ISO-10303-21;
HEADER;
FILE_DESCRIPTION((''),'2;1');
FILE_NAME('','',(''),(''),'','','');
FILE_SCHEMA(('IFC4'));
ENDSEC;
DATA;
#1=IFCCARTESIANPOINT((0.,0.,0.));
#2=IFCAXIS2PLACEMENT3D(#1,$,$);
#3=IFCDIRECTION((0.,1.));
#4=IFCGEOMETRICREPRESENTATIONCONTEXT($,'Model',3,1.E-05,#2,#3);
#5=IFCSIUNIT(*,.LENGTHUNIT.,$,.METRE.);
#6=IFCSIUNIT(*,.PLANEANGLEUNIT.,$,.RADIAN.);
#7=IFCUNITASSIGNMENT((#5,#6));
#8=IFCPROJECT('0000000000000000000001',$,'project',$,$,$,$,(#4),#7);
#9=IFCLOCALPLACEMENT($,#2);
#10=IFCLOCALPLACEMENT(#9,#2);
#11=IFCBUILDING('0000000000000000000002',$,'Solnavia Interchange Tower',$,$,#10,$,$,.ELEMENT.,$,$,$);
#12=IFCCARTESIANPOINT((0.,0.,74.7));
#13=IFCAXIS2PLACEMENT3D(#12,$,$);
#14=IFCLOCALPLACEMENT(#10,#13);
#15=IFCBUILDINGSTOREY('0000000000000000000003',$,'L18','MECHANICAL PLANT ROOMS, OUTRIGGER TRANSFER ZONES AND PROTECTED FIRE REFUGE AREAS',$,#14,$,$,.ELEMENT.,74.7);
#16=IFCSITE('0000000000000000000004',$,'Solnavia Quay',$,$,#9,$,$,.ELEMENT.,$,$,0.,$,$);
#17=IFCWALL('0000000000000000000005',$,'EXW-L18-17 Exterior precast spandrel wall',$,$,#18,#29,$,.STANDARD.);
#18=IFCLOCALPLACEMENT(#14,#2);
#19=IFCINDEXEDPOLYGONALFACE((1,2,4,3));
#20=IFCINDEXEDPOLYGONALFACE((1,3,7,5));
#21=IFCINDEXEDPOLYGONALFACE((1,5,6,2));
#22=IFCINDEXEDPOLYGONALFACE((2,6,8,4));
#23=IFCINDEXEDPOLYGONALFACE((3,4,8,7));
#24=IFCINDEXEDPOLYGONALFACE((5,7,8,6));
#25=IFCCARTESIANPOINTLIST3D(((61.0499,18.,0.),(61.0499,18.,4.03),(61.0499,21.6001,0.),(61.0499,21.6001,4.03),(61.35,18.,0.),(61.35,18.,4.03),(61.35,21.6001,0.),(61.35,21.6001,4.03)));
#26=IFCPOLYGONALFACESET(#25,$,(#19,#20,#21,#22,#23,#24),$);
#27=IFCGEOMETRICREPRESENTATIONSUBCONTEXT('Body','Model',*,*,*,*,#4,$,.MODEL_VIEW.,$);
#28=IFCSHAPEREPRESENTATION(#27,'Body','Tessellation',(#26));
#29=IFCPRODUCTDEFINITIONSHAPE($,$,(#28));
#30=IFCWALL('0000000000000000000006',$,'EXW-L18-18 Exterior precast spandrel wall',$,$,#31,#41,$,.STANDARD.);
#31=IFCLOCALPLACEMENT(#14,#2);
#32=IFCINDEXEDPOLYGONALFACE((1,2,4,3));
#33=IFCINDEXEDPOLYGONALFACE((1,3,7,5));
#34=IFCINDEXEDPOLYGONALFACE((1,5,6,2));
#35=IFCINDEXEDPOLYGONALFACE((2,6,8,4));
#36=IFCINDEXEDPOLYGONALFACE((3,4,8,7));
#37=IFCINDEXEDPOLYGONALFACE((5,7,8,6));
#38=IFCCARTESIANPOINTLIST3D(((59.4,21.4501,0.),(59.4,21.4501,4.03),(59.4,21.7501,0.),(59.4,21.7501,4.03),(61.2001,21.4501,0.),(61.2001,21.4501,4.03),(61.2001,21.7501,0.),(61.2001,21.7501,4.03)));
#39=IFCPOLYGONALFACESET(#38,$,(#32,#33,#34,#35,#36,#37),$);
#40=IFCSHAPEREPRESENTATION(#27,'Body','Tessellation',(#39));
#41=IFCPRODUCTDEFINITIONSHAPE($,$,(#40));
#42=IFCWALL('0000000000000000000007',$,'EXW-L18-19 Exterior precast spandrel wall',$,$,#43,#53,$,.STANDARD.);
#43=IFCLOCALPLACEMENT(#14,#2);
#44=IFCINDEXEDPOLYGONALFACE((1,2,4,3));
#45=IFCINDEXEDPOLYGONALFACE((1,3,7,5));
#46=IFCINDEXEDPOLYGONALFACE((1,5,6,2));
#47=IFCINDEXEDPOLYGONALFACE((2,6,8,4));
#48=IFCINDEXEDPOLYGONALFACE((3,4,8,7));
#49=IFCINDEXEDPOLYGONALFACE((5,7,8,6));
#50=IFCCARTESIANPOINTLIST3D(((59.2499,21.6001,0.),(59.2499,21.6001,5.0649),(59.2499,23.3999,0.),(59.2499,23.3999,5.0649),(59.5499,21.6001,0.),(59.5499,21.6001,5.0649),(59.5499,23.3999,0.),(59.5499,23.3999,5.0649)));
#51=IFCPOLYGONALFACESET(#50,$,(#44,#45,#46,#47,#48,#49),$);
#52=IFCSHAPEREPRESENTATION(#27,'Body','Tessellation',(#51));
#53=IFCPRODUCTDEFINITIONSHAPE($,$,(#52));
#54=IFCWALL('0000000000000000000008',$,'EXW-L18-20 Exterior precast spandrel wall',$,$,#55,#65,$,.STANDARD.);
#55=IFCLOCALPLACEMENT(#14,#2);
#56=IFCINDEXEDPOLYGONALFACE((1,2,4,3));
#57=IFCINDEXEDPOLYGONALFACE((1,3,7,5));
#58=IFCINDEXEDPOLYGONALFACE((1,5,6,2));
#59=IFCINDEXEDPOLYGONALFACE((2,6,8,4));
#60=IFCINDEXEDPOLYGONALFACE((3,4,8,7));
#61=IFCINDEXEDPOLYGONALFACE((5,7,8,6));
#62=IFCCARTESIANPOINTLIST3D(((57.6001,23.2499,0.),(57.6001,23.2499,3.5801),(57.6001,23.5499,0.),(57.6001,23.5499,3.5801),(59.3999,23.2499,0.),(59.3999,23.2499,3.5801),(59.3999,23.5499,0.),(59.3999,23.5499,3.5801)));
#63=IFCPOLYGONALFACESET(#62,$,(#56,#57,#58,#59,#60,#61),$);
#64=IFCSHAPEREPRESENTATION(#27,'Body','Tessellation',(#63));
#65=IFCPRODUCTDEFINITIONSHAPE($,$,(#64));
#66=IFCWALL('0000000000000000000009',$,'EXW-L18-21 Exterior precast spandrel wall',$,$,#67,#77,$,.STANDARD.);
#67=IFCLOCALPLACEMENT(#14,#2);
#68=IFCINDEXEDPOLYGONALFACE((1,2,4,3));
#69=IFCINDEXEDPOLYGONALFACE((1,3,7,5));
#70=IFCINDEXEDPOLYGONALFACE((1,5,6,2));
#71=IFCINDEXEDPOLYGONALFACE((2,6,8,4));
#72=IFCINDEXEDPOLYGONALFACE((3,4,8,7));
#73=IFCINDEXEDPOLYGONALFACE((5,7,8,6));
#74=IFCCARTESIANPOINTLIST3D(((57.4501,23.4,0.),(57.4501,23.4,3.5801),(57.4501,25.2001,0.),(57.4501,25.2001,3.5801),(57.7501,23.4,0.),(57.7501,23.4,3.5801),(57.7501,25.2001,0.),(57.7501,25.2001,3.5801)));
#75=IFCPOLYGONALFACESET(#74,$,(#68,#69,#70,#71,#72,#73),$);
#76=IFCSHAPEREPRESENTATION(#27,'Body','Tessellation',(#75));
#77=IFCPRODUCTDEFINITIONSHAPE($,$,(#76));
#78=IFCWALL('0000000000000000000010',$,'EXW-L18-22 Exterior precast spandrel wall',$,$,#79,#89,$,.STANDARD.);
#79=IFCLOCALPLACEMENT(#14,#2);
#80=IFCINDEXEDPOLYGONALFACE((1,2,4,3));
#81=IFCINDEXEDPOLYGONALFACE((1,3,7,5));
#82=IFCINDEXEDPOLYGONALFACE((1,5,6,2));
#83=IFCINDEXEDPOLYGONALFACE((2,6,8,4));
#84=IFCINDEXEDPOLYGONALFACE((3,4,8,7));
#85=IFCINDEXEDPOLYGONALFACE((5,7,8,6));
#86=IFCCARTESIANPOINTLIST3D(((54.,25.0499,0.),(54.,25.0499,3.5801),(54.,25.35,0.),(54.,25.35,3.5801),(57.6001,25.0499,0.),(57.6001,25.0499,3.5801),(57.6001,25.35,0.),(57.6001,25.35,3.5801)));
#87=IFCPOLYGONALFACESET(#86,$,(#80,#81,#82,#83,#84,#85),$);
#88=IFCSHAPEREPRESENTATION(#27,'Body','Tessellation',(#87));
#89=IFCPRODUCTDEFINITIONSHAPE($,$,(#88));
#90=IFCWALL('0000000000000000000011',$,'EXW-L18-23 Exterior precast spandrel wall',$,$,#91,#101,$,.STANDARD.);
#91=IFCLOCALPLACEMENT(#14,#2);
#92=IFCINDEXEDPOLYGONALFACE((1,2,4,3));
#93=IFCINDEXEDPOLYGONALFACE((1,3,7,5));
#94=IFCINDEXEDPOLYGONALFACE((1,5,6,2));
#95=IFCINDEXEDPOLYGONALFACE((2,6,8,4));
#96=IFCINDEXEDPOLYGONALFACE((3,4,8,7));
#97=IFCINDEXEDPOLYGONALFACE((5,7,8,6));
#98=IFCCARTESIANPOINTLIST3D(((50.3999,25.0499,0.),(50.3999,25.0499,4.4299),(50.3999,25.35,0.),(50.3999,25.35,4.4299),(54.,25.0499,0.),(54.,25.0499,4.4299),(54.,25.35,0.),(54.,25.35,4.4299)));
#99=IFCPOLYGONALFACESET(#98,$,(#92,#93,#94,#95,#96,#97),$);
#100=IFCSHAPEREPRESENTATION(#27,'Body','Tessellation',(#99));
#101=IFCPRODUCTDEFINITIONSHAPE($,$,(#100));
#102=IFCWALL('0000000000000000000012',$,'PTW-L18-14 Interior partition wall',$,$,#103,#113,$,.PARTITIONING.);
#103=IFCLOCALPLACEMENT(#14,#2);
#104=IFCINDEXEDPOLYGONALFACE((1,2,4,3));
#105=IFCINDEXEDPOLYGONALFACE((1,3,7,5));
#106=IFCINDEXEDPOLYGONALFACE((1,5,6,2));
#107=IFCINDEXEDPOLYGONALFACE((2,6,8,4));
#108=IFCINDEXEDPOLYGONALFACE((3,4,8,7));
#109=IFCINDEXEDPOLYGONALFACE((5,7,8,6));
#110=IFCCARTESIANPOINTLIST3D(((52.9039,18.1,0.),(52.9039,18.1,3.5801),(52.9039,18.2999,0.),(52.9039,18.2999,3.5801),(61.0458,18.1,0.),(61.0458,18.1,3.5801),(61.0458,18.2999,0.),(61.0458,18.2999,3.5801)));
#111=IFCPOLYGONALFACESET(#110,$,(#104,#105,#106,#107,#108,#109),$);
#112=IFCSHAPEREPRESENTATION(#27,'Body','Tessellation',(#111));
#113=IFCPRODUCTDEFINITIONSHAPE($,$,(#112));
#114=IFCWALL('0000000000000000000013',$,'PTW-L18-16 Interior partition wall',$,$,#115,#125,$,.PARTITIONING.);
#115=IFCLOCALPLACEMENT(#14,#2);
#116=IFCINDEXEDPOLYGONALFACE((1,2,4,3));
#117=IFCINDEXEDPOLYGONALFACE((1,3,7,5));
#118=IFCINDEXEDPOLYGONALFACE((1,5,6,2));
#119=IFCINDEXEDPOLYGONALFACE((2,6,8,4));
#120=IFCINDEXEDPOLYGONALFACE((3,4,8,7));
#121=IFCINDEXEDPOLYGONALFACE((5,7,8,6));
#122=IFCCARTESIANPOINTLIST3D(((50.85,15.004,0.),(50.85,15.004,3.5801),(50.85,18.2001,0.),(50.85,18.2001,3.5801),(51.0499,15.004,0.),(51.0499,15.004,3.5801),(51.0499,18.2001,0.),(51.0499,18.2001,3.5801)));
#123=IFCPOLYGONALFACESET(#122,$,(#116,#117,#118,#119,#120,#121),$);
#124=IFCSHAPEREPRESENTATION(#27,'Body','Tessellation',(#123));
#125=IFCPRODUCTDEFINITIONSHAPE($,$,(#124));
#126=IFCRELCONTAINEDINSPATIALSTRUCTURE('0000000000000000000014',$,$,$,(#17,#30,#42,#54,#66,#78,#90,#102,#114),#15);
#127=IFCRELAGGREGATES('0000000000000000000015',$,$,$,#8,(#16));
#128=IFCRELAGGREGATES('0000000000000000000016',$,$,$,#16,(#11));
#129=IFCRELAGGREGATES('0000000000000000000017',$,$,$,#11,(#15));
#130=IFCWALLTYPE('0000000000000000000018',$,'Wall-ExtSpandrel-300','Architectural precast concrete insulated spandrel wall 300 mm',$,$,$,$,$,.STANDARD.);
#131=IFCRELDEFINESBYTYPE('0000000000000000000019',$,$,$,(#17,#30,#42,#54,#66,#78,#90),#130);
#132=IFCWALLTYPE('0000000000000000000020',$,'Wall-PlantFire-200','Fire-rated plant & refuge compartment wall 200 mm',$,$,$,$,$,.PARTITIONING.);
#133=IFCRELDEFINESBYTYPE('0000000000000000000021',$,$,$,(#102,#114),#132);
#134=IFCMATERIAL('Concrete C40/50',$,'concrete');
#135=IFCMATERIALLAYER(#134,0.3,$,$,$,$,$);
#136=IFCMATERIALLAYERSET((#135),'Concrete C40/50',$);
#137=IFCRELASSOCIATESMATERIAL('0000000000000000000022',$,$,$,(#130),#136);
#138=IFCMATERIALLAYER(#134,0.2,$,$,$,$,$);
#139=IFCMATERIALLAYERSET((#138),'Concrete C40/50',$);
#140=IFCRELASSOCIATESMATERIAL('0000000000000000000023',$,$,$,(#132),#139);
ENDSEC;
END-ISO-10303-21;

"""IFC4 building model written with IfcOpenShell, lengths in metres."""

from ifc_helpers import new_model, si_unit, direction, frame, frame_2d, origin, place, context, subcontext, project, spatial, rectangle, extrude, material, layer, layer_set, type_object, element, save


model = new_model("IFC4")

# Units and contexts
model_context = context("Model", 3, precision=1e-05, world=origin(), true_north=direction((0.0, 1.0)))
body_context = subcontext(model_context, "Body", "Model", "MODEL_VIEW")
ifc_project = project(units=[si_unit("LENGTHUNIT", "METRE"), si_unit("PLANEANGLEUNIT", "RADIAN")], contexts=[model_context])

# Site, building, storey
site_placement = place(None, origin())
site = spatial("IfcSite", under=ifc_project, at=site_placement, Name="Solnavia Quay", CompositionType="ELEMENT", RefElevation=0.0)
building_placement = place(site_placement, origin())
building = spatial("IfcBuilding", under=site, at=building_placement, Name="Solnavia Interchange Tower", CompositionType="ELEMENT")
storey_placement = place(building_placement, frame((0.0, 0.0, 74.7)))
storey = spatial("IfcBuildingStorey", under=building, at=storey_placement, Name="L18", Description="MECHANICAL PLANT ROOMS, OUTRIGGER TRANSFER ZONES AND PROTECTED FIRE REFUGE AREAS", CompositionType="ELEMENT", Elevation=74.7)

# Walls
ifc_material_1 = material(Name="Concrete C40/50", Category="concrete")
ifc_layer_1 = layer(ifc_material_1, 0.3)
ifc_layer_set_1 = layer_set([ifc_layer_1], Name="Concrete C40/50")
wall_type_1 = type_object("IfcWallType", Name="Wall-ExtSpandrel-300", Description="Architectural precast concrete insulated spandrel wall 300 mm", PredefinedType="STANDARD", material=ifc_layer_set_1)
wall_1_placement = place(storey_placement, frame((61.2, 21.6001, 0.0), z_axis=(0.0, 0.0, 1.0), x_axis=(0.0, -1.0, 0.0)))
element("IfcWall", 1, at=wall_1_placement, inside=storey, type_object=wall_type_1, Name="EXW-L18-17 Exterior precast spandrel wall", PredefinedType="STANDARD", context=body_context, shape_type="SweptSolid", body=[
    extrude(rectangle(XDim=3.6001, YDim=0.3, at=frame_2d((1.8, 0.0))), origin(), (0.0, 0.0, 1.0), 4.03),
])
wall_2_placement = place(storey_placement, frame((61.2, 21.6001, 0.0), z_axis=(0.0, 0.0, 1.0), x_axis=(-1.0, 0.0, 0.0)))
element("IfcWall", 2, at=wall_2_placement, inside=storey, type_object=wall_type_1, Name="EXW-L18-18 Exterior precast spandrel wall", PredefinedType="STANDARD", context=body_context, shape_type="SweptSolid", body=[
    extrude(rectangle(XDim=1.8, YDim=0.3, at=frame_2d((0.8999, 0.0))), origin(), (0.0, 0.0, 1.0), 4.03),
])
wall_3_placement = place(storey_placement, frame((59.3999, 23.3999, 0.0), z_axis=(0.0, 0.0, 1.0), x_axis=(0.0, -1.0, 0.0)))
element("IfcWall", 3, at=wall_3_placement, inside=storey, type_object=wall_type_1, Name="EXW-L18-19 Exterior precast spandrel wall", PredefinedType="STANDARD", context=body_context, shape_type="SweptSolid", body=[
    extrude(rectangle(XDim=1.7998, YDim=0.3, at=frame_2d((0.8999, 0.0))), origin(), (0.0, 0.0, 1.0), 5.0649),
])
wall_4_placement = place(storey_placement, frame((57.6001, 23.3999, 0.0), z_axis=(0.0, 0.0, 1.0), x_axis=(1.0, 0.0, 0.0)))
element("IfcWall", 4, at=wall_4_placement, inside=storey, type_object=wall_type_1, Name="EXW-L18-20 Exterior precast spandrel wall", PredefinedType="STANDARD", context=body_context, shape_type="SweptSolid", body=[
    extrude(rectangle(XDim=1.7998, YDim=0.3, at=frame_2d((0.8999, 0.0))), origin(), (0.0, 0.0, 1.0), 3.5801),
])
wall_5_placement = place(storey_placement, frame((57.6001, 25.2, 0.0), z_axis=(0.0, 0.0, 1.0), x_axis=(0.0, -1.0, 0.0)))
element("IfcWall", 5, at=wall_5_placement, inside=storey, type_object=wall_type_1, Name="EXW-L18-21 Exterior precast spandrel wall", PredefinedType="STANDARD", context=body_context, shape_type="SweptSolid", body=[
    extrude(rectangle(XDim=1.8, YDim=0.3, at=frame_2d((0.8999, 0.0))), origin(), (0.0, 0.0, 1.0), 3.5801),
])
wall_6_placement = place(storey_placement, frame((54.0, 25.2, 0.0), z_axis=(0.0, 0.0, 1.0), x_axis=(1.0, 0.0, 0.0)))
element("IfcWall", 6, at=wall_6_placement, inside=storey, type_object=wall_type_1, Name="EXW-L18-22 Exterior precast spandrel wall", PredefinedType="STANDARD", context=body_context, shape_type="SweptSolid", body=[
    extrude(rectangle(XDim=3.6001, YDim=0.3, at=frame_2d((1.8, 0.0))), origin(), (0.0, 0.0, 1.0), 3.5801),
])
wall_7_placement = place(storey_placement, frame((50.3999, 25.2, 0.0), z_axis=(0.0, 0.0, 1.0), x_axis=(1.0, 0.0, 0.0)))
element("IfcWall", 7, at=wall_7_placement, inside=storey, type_object=wall_type_1, Name="EXW-L18-23 Exterior precast spandrel wall", PredefinedType="STANDARD", context=body_context, shape_type="SweptSolid", body=[
    extrude(rectangle(XDim=3.6001, YDim=0.3, at=frame_2d((1.8, 0.0))), origin(), (0.0, 0.0, 1.0), 4.4299),
])
ifc_layer_2 = layer(ifc_material_1, 0.2)
ifc_layer_set_2 = layer_set([ifc_layer_2], Name="Concrete C40/50")
wall_type_2 = type_object("IfcWallType", Name="Wall-PlantFire-200", Description="Fire-rated plant & refuge compartment wall 200 mm", PredefinedType="PARTITIONING", material=ifc_layer_set_2)
wall_8_placement = place(storey_placement, frame((52.9041, 18.2, 0.0), z_axis=(0.0, 0.0, 1.0), x_axis=(1.0, 0.0, 0.0)))
element("IfcWall", 8, at=wall_8_placement, inside=storey, type_object=wall_type_2, Name="PTW-L18-14 Interior partition wall", PredefinedType="PARTITIONING", context=body_context, shape_type="SweptSolid", body=[
    extrude(rectangle(XDim=8.1418, YDim=0.2, at=frame_2d((4.0708, 0.0))), origin(), (0.0, 0.0, 1.0), 3.5801),
])
wall_9_placement = place(storey_placement, frame((50.95, 15.0039, 0.0), z_axis=(0.0, 0.0, 1.0), x_axis=(0.0, 1.0, 0.0)))
element("IfcWall", 9, at=wall_9_placement, inside=storey, type_object=wall_type_2, Name="PTW-L18-16 Interior partition wall", PredefinedType="PARTITIONING", context=body_context, shape_type="SweptSolid", body=[
    extrude(rectangle(XDim=3.196, YDim=0.2, at=frame_2d((1.5981, 0.0))), origin(), (0.0, 0.0, 1.0), 3.5801),
])

save(model, "model.ifc")
